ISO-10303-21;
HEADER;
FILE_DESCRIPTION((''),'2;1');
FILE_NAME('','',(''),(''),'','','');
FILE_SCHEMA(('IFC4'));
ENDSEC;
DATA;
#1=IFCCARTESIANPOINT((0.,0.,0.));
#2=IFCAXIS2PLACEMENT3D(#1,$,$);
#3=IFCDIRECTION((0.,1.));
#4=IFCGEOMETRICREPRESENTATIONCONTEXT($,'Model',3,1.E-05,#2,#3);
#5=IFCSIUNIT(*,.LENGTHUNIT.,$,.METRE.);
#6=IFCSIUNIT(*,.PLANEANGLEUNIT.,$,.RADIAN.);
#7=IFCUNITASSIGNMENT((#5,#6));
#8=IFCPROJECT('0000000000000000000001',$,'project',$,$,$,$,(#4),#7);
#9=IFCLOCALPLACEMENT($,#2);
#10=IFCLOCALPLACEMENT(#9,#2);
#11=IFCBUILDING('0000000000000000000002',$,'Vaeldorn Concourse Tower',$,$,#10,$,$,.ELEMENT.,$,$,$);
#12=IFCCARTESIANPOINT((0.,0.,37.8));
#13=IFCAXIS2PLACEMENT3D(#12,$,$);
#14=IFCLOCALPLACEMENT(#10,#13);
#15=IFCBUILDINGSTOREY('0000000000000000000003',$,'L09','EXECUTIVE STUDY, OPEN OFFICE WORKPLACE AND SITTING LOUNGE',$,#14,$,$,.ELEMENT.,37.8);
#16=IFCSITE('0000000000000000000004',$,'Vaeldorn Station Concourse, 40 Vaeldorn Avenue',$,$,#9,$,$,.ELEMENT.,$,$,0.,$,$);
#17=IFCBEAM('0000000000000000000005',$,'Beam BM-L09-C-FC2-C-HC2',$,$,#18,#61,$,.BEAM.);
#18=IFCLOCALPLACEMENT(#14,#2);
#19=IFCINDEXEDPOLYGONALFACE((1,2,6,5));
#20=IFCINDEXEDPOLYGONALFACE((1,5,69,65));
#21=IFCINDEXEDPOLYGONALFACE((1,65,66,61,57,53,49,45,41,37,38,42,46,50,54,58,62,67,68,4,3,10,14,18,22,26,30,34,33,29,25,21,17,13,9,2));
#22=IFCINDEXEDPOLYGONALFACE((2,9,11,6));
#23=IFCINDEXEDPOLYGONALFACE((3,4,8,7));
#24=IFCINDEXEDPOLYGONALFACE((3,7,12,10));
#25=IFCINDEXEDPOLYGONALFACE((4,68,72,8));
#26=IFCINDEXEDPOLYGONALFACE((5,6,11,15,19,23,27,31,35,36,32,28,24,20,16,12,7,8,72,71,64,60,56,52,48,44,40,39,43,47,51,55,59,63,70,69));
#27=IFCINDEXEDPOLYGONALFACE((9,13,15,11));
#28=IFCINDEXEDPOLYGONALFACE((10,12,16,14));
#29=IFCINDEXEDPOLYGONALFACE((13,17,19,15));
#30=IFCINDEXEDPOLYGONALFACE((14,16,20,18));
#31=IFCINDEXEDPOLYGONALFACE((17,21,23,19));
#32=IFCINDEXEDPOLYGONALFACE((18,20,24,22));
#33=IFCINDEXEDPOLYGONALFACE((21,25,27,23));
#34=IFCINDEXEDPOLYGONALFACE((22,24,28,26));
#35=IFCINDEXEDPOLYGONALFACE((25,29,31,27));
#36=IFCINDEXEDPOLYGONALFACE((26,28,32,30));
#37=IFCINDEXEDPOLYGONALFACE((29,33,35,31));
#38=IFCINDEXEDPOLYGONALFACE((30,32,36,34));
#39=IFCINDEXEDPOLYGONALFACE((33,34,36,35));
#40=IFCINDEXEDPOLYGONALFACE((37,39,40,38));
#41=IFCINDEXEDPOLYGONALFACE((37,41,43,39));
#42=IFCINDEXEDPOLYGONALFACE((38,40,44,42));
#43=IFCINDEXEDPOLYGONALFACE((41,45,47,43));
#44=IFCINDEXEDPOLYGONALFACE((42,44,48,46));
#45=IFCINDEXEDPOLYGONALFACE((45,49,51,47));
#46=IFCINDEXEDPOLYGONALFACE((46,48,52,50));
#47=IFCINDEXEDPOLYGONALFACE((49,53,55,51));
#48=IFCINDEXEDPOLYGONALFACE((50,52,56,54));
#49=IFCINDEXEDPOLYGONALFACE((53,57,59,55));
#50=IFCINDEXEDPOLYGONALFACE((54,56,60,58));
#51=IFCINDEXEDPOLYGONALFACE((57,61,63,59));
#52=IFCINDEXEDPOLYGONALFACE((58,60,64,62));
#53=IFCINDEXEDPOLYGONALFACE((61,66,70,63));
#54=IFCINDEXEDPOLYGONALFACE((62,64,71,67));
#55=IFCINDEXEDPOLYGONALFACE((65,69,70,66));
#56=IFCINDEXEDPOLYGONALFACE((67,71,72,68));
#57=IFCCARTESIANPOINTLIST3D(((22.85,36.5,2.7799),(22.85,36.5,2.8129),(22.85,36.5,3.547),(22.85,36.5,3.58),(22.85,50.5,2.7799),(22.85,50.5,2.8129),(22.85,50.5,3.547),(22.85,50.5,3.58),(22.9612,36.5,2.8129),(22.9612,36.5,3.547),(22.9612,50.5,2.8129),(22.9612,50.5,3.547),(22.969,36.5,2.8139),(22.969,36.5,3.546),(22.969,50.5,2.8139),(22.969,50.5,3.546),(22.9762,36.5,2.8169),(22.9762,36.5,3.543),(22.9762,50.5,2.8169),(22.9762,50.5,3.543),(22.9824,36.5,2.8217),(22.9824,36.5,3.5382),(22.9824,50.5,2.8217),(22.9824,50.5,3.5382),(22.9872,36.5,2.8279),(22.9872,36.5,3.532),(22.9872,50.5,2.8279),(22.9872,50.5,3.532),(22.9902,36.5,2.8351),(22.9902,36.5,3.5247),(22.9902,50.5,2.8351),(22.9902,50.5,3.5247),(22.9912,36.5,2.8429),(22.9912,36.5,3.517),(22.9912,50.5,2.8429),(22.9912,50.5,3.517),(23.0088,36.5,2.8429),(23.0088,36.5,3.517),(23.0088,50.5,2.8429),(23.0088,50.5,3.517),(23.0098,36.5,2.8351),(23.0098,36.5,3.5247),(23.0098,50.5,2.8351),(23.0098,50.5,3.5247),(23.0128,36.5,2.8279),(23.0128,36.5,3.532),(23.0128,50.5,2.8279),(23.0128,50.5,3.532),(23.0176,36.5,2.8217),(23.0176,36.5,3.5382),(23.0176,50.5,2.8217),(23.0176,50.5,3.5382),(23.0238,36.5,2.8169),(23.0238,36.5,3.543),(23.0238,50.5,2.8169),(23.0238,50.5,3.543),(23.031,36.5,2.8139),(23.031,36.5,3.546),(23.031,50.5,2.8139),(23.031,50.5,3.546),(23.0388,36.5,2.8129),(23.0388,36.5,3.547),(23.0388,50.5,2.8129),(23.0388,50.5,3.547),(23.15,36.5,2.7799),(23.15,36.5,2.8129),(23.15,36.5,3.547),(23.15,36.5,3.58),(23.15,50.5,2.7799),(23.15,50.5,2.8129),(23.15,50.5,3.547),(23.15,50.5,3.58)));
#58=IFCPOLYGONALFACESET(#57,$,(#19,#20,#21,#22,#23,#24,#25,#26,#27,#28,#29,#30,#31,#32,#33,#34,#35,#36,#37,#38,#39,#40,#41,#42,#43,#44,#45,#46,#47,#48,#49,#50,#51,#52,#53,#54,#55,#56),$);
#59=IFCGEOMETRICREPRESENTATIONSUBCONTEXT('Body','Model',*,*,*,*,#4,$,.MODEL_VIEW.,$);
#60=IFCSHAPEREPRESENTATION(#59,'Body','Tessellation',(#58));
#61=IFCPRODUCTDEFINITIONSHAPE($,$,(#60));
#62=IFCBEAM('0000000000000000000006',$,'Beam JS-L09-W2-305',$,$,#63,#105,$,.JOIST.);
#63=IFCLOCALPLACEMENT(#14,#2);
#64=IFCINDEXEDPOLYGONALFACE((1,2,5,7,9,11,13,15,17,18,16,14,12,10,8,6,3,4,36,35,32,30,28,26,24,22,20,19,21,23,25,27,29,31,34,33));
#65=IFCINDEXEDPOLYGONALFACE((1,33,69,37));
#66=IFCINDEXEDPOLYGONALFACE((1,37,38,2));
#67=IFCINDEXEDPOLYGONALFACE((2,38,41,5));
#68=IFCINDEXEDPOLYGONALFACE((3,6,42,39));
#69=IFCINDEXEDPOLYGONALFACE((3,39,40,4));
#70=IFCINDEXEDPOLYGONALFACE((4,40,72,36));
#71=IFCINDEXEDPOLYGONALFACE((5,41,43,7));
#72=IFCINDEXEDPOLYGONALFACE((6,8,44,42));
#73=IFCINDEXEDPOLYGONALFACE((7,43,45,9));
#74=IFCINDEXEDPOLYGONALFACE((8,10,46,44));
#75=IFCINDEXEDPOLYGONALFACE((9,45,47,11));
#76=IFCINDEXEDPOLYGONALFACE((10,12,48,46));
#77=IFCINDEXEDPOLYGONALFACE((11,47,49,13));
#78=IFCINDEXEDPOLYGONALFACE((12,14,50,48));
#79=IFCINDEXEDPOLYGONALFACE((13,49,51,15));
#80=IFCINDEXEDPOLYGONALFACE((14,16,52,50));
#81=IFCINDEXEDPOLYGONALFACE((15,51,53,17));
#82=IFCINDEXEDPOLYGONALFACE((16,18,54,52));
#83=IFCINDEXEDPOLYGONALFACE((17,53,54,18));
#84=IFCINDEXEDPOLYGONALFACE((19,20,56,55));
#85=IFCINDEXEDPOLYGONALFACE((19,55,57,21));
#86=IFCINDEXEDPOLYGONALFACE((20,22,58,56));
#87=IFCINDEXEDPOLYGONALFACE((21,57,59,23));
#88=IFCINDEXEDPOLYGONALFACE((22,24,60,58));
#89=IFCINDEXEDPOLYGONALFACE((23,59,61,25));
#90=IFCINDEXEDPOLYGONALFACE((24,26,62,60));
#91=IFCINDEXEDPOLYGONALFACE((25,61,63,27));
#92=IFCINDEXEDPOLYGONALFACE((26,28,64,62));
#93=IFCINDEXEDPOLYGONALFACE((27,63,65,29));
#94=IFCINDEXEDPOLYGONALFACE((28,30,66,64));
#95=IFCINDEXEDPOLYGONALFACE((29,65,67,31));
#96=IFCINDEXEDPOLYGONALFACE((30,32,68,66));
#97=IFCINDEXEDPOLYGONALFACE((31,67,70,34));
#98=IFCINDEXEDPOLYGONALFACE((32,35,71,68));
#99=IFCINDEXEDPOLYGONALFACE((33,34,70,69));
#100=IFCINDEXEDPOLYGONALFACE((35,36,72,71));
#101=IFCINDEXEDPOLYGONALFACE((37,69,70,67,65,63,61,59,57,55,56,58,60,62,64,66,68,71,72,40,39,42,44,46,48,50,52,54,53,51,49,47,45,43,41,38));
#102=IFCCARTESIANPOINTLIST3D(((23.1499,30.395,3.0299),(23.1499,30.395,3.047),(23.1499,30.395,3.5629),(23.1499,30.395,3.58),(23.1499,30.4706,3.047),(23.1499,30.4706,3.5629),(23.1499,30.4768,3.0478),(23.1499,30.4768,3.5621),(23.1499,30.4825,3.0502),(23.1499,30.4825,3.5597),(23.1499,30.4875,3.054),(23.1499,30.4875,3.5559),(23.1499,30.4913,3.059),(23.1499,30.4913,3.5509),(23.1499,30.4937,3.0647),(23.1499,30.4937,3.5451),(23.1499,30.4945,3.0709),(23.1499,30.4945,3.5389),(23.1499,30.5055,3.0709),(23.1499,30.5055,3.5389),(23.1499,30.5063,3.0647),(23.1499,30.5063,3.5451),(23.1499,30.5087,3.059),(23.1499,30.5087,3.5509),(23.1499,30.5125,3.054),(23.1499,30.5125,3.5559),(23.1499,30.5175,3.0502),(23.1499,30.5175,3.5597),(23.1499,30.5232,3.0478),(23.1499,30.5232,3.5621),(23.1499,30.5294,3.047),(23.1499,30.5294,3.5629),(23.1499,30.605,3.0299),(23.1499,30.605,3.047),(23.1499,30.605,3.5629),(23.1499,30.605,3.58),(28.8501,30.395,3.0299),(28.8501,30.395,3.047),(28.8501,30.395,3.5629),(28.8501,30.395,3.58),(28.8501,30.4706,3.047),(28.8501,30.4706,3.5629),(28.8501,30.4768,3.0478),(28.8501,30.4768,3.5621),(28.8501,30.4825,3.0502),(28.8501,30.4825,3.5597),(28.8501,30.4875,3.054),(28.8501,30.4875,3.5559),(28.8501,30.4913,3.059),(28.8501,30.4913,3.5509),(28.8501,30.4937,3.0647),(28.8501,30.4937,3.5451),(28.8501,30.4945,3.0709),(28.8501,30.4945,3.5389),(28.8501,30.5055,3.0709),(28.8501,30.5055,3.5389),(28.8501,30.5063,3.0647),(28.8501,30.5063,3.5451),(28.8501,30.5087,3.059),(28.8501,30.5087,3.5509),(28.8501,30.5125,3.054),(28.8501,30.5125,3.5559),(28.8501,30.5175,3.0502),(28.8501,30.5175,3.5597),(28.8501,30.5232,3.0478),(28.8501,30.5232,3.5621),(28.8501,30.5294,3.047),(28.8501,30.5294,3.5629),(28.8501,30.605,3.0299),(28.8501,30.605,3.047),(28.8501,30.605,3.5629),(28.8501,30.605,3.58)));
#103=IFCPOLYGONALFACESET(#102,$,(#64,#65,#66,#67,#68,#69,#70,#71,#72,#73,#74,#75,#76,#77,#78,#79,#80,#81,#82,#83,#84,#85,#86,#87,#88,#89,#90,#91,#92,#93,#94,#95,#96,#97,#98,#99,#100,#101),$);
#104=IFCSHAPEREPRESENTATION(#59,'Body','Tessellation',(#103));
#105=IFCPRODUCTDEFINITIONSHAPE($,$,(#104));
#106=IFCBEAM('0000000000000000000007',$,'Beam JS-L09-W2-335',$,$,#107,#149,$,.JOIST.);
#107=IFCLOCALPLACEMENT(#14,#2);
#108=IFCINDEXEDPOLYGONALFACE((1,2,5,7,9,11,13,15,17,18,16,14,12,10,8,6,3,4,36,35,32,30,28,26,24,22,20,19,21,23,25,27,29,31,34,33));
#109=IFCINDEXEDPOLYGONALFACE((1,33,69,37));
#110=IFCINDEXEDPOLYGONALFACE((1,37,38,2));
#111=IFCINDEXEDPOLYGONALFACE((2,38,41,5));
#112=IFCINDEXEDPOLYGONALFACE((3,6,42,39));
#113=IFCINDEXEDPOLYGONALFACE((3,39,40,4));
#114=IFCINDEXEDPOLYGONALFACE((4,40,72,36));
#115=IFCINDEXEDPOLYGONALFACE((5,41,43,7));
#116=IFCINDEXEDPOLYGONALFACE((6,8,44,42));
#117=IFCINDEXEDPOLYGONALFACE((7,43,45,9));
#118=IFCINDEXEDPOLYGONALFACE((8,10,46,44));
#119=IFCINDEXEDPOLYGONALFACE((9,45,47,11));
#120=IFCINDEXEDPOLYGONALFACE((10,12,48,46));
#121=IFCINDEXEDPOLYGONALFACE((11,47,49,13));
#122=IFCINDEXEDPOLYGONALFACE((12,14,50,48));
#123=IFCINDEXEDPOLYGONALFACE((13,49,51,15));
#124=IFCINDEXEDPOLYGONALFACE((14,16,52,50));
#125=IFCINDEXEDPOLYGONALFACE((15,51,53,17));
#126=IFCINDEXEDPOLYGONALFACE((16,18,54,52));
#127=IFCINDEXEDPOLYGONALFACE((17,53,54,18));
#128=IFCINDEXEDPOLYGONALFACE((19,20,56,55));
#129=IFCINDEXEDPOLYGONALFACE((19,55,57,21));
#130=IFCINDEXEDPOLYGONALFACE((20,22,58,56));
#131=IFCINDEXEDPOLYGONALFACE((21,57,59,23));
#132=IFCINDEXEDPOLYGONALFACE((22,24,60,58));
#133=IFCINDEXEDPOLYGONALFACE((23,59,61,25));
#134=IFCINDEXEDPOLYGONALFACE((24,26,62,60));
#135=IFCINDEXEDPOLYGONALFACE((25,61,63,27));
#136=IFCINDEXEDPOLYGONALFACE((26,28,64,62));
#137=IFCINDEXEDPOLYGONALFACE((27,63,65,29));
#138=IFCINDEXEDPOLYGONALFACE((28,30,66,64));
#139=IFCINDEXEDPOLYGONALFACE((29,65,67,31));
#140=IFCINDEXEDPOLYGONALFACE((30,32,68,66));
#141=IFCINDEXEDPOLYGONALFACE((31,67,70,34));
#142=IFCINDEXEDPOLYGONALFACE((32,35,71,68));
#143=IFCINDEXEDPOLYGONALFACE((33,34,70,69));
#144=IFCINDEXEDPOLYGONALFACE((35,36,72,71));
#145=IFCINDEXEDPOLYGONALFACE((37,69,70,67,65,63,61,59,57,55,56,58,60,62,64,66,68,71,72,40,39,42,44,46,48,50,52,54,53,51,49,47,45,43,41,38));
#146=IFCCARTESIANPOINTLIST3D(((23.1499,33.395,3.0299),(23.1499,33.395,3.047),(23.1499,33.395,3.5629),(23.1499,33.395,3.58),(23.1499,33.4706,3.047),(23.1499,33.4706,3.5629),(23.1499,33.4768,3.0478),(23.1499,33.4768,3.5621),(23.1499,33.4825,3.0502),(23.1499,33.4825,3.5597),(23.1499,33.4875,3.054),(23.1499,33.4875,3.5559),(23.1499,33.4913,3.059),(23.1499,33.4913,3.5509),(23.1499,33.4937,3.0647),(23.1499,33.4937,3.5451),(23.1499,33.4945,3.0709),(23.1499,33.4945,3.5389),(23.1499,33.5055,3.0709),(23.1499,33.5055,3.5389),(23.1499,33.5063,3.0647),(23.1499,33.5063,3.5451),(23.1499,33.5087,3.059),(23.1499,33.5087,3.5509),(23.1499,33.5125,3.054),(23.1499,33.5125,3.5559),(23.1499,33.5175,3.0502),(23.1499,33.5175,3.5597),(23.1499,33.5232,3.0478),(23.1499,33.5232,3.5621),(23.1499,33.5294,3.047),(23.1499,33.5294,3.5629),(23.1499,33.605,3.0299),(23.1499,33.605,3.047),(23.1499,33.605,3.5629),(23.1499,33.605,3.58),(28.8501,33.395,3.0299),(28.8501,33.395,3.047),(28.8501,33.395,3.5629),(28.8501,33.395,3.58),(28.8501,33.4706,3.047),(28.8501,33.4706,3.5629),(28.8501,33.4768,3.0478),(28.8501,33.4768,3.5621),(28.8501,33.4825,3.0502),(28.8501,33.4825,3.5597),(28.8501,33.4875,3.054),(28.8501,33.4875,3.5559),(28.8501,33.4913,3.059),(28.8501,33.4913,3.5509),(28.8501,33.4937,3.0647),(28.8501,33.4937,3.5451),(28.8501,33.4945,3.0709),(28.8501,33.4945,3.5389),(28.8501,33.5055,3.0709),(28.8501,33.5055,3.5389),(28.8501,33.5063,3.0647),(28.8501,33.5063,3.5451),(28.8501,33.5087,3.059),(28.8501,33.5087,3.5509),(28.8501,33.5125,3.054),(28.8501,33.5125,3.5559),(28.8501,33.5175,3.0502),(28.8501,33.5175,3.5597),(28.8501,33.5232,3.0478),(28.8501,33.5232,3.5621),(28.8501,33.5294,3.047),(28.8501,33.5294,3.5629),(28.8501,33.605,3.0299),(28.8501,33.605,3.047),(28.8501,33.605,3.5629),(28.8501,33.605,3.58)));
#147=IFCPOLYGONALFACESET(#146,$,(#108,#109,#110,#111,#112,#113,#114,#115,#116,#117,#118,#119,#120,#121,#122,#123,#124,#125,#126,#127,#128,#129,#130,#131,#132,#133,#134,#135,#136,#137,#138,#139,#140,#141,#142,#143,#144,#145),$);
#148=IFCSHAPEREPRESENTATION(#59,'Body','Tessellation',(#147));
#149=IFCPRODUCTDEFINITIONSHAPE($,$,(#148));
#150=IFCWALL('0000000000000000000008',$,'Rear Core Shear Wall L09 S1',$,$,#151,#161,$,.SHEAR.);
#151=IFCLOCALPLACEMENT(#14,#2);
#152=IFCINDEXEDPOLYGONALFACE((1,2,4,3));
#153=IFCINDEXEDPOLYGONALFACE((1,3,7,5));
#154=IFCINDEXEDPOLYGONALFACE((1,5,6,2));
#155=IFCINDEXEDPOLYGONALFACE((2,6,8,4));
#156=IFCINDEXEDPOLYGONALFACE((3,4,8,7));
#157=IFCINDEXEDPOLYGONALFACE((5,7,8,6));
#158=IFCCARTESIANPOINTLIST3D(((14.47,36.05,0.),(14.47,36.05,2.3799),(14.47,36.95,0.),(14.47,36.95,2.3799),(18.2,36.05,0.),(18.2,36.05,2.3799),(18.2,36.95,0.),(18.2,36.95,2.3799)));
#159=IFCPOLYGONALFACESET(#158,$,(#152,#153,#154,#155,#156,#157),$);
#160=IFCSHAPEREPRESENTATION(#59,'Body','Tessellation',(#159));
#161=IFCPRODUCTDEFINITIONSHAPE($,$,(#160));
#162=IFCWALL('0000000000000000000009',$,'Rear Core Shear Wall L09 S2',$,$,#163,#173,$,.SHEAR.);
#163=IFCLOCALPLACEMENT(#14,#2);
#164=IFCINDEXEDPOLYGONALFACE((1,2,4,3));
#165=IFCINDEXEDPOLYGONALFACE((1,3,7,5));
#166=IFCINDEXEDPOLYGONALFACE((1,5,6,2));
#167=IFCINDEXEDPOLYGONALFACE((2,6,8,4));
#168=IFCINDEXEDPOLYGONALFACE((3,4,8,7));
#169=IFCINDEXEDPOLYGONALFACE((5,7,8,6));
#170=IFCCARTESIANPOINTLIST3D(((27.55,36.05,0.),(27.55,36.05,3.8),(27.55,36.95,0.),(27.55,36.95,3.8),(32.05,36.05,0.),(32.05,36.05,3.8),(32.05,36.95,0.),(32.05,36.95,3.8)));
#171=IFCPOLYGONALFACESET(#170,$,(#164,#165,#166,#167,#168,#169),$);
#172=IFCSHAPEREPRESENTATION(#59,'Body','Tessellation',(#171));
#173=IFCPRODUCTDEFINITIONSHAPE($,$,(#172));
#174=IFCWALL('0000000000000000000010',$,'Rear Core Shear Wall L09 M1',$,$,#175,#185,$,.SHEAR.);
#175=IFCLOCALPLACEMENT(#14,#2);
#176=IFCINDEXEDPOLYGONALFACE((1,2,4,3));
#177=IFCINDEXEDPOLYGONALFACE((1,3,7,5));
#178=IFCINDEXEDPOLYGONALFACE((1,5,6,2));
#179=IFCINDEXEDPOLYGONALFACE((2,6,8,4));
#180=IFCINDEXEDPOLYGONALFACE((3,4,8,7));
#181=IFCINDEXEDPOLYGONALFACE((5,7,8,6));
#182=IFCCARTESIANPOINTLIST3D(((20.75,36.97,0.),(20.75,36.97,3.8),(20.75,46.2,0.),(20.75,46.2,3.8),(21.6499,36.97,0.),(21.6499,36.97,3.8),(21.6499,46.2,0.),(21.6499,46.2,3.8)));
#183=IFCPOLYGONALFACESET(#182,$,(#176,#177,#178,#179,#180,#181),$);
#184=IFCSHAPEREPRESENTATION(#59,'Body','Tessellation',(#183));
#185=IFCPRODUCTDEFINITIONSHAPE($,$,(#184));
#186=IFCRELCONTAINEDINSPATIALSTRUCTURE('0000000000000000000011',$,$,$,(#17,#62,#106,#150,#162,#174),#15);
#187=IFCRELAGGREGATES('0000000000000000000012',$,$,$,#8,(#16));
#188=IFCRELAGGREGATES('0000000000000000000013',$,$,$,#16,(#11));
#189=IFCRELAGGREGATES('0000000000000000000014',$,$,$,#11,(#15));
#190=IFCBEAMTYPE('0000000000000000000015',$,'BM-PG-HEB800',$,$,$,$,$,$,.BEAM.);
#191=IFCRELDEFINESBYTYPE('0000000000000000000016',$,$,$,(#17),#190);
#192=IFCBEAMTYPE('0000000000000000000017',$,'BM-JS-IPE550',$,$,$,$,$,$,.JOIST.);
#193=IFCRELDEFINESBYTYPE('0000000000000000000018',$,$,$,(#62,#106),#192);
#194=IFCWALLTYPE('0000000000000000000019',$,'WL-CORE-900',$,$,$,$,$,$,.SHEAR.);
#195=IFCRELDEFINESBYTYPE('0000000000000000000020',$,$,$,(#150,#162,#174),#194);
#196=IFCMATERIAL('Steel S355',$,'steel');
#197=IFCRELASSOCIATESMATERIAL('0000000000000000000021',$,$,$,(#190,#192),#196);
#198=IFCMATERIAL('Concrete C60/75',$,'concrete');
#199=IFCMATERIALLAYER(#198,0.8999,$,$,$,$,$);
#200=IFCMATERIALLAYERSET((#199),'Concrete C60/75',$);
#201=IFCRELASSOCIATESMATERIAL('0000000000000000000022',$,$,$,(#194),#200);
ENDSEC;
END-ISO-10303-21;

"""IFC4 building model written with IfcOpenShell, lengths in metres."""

from ifc_helpers import new_model, si_unit, direction, frame, frame_2d, origin, origin_2d, place, context, subcontext, project, spatial, rectangle, i_section, extrude, source, transform, mapped, material, layer, layer_set, material_profile, profile_set, type_object, element, save


model = new_model("IFC4")

# Units and contexts
model_context = context("Model", 3, precision=1e-05, world=origin(), true_north=direction((0.0, 1.0)))
body_context = subcontext(model_context, "Body", "Model", "MODEL_VIEW")
ifc_project = project(units=[si_unit("LENGTHUNIT", "METRE"), si_unit("PLANEANGLEUNIT", "RADIAN")], contexts=[model_context])

# Site, building, storey
site_placement = place(None, origin())
site = spatial("IfcSite", under=ifc_project, at=site_placement, Name="Vaeldorn Station Concourse, 40 Vaeldorn Avenue", CompositionType="ELEMENT", RefElevation=0.0)
building_placement = place(site_placement, origin())
building = spatial("IfcBuilding", under=site, at=building_placement, Name="Vaeldorn Concourse Tower", CompositionType="ELEMENT")
storey_placement = place(building_placement, frame((0.0, 0.0, 37.8)))
storey = spatial("IfcBuildingStorey", under=building, at=storey_placement, Name="L09", Description="EXECUTIVE STUDY, OPEN OFFICE WORKPLACE AND SITTING LOUNGE", CompositionType="ELEMENT", Elevation=37.8)

# Beams
ifc_material_1 = material(Name="Steel S355", Category="steel")
ifc_material_profile_1 = material_profile(ifc_material_1, i_section(OverallWidth=0.3, OverallDepth=0.8, WebThickness=0.0176, FlangeThickness=0.033, FilletRadius=0.03, at=origin_2d()), Name="HEB 800")
ifc_profile_set_1 = profile_set([ifc_material_profile_1], Name="Steel S355")
beam_type_1 = type_object("IfcBeamType", Name="BM-PG-HEB800", PredefinedType="BEAM", material=ifc_profile_set_1)
shared_shape_1 = source(origin(), body_context, "Body", "SweptSolid", [
    extrude(i_section(OverallWidth=0.3, OverallDepth=0.8, WebThickness=0.0176, FlangeThickness=0.033, FilletRadius=0.03, at=origin_2d()), origin(), (0.0, 0.0, 1.0), 14.0),
])
beam_1_placement = place(storey_placement, frame((23.0, 36.5, 3.1799), z_axis=(0.0, 1.0, 0.0), x_axis=(-1.0, 0.0, 0.0)))
element("IfcBeam", 1, at=beam_1_placement, inside=storey, type_object=beam_type_1, Name="Beam BM-L09-C-FC2-C-HC2", PredefinedType="BEAM", context=body_context, shape_type="MappedRepresentation", body=[
    mapped(shared_shape_1, transform((0.0, 0.0, 0.0), scale=1.0)),
])
ifc_material_profile_2 = material_profile(ifc_material_1, i_section(OverallWidth=0.21, OverallDepth=0.55, WebThickness=0.011, FlangeThickness=0.0171, FilletRadius=0.0239, at=origin_2d()), Name="IPE 550")
ifc_profile_set_2 = profile_set([ifc_material_profile_2], Name="Steel S355")
beam_type_2 = type_object("IfcBeamType", Name="BM-JS-IPE550", PredefinedType="JOIST", material=ifc_profile_set_2)
shared_shape_2 = source(origin(), body_context, "Body", "SweptSolid", [
    extrude(i_section(OverallWidth=0.21, OverallDepth=0.55, WebThickness=0.011, FlangeThickness=0.0171, FilletRadius=0.0239, at=origin_2d()), origin(), (0.0, 0.0, 1.0), 5.7002),
])
for number, where, z_axis, x_axis, name in (
    (2, (23.1499, 30.5, 3.3049), (1.0, 0.0, 0.0), (0.0, 1.0, 0.0), "Beam JS-L09-W2-305"),
    (3, (23.1499, 33.5, 3.3049), (1.0, 0.0, 0.0), (0.0, 1.0, 0.0), "Beam JS-L09-W2-335"),
):
    element("IfcBeam", number, at=place(storey_placement, frame(where, z_axis=z_axis, x_axis=x_axis)), inside=storey, type_object=beam_type_2, Name=name, PredefinedType="JOIST", context=body_context, shape_type="MappedRepresentation", body=[
        mapped(shared_shape_2, transform((0.0, 0.0, 0.0), scale=1.0)),
    ])

# Walls
ifc_material_2 = material(Name="Concrete C60/75", Category="concrete")
ifc_layer_1 = layer(ifc_material_2, 0.8999)
ifc_layer_set_1 = layer_set([ifc_layer_1], Name="Concrete C60/75")
wall_type_1 = type_object("IfcWallType", Name="WL-CORE-900", PredefinedType="SHEAR", material=ifc_layer_set_1)
wall_1_placement = place(storey_placement, frame((14.47, 36.5, 0.0), z_axis=(0.0, 0.0, 1.0), x_axis=(1.0, 0.0, 0.0)))
element("IfcWall", 4, at=wall_1_placement, inside=storey, type_object=wall_type_1, Name="Rear Core Shear Wall L09 S1", PredefinedType="SHEAR", context=body_context, shape_type="SweptSolid", body=[
    extrude(rectangle(XDim=3.73, YDim=0.8999, at=frame_2d((1.865, 0.0))), origin(), (0.0, 0.0, 1.0), 2.3799),
])
wall_2_placement = place(storey_placement, frame((27.55, 36.5, 0.0), z_axis=(0.0, 0.0, 1.0), x_axis=(1.0, 0.0, 0.0)))
element("IfcWall", 5, at=wall_2_placement, inside=storey, type_object=wall_type_1, Name="Rear Core Shear Wall L09 S2", PredefinedType="SHEAR", context=body_context, shape_type="SweptSolid", body=[
    extrude(rectangle(XDim=4.5, YDim=0.8999, at=frame_2d((2.25, 0.0))), origin(), (0.0, 0.0, 1.0), 3.8),
])
wall_3_placement = place(storey_placement, frame((21.2, 36.97, 0.0), z_axis=(0.0, 0.0, 1.0), x_axis=(0.0, 1.0, 0.0)))
element("IfcWall", 6, at=wall_3_placement, inside=storey, type_object=wall_type_1, Name="Rear Core Shear Wall L09 M1", PredefinedType="SHEAR", context=body_context, shape_type="SweptSolid", body=[
    extrude(rectangle(XDim=9.23, YDim=0.8999, at=frame_2d((4.615, 0.0))), origin(), (0.0, 0.0, 1.0), 3.8),
])

save(model, "model.ifc")
